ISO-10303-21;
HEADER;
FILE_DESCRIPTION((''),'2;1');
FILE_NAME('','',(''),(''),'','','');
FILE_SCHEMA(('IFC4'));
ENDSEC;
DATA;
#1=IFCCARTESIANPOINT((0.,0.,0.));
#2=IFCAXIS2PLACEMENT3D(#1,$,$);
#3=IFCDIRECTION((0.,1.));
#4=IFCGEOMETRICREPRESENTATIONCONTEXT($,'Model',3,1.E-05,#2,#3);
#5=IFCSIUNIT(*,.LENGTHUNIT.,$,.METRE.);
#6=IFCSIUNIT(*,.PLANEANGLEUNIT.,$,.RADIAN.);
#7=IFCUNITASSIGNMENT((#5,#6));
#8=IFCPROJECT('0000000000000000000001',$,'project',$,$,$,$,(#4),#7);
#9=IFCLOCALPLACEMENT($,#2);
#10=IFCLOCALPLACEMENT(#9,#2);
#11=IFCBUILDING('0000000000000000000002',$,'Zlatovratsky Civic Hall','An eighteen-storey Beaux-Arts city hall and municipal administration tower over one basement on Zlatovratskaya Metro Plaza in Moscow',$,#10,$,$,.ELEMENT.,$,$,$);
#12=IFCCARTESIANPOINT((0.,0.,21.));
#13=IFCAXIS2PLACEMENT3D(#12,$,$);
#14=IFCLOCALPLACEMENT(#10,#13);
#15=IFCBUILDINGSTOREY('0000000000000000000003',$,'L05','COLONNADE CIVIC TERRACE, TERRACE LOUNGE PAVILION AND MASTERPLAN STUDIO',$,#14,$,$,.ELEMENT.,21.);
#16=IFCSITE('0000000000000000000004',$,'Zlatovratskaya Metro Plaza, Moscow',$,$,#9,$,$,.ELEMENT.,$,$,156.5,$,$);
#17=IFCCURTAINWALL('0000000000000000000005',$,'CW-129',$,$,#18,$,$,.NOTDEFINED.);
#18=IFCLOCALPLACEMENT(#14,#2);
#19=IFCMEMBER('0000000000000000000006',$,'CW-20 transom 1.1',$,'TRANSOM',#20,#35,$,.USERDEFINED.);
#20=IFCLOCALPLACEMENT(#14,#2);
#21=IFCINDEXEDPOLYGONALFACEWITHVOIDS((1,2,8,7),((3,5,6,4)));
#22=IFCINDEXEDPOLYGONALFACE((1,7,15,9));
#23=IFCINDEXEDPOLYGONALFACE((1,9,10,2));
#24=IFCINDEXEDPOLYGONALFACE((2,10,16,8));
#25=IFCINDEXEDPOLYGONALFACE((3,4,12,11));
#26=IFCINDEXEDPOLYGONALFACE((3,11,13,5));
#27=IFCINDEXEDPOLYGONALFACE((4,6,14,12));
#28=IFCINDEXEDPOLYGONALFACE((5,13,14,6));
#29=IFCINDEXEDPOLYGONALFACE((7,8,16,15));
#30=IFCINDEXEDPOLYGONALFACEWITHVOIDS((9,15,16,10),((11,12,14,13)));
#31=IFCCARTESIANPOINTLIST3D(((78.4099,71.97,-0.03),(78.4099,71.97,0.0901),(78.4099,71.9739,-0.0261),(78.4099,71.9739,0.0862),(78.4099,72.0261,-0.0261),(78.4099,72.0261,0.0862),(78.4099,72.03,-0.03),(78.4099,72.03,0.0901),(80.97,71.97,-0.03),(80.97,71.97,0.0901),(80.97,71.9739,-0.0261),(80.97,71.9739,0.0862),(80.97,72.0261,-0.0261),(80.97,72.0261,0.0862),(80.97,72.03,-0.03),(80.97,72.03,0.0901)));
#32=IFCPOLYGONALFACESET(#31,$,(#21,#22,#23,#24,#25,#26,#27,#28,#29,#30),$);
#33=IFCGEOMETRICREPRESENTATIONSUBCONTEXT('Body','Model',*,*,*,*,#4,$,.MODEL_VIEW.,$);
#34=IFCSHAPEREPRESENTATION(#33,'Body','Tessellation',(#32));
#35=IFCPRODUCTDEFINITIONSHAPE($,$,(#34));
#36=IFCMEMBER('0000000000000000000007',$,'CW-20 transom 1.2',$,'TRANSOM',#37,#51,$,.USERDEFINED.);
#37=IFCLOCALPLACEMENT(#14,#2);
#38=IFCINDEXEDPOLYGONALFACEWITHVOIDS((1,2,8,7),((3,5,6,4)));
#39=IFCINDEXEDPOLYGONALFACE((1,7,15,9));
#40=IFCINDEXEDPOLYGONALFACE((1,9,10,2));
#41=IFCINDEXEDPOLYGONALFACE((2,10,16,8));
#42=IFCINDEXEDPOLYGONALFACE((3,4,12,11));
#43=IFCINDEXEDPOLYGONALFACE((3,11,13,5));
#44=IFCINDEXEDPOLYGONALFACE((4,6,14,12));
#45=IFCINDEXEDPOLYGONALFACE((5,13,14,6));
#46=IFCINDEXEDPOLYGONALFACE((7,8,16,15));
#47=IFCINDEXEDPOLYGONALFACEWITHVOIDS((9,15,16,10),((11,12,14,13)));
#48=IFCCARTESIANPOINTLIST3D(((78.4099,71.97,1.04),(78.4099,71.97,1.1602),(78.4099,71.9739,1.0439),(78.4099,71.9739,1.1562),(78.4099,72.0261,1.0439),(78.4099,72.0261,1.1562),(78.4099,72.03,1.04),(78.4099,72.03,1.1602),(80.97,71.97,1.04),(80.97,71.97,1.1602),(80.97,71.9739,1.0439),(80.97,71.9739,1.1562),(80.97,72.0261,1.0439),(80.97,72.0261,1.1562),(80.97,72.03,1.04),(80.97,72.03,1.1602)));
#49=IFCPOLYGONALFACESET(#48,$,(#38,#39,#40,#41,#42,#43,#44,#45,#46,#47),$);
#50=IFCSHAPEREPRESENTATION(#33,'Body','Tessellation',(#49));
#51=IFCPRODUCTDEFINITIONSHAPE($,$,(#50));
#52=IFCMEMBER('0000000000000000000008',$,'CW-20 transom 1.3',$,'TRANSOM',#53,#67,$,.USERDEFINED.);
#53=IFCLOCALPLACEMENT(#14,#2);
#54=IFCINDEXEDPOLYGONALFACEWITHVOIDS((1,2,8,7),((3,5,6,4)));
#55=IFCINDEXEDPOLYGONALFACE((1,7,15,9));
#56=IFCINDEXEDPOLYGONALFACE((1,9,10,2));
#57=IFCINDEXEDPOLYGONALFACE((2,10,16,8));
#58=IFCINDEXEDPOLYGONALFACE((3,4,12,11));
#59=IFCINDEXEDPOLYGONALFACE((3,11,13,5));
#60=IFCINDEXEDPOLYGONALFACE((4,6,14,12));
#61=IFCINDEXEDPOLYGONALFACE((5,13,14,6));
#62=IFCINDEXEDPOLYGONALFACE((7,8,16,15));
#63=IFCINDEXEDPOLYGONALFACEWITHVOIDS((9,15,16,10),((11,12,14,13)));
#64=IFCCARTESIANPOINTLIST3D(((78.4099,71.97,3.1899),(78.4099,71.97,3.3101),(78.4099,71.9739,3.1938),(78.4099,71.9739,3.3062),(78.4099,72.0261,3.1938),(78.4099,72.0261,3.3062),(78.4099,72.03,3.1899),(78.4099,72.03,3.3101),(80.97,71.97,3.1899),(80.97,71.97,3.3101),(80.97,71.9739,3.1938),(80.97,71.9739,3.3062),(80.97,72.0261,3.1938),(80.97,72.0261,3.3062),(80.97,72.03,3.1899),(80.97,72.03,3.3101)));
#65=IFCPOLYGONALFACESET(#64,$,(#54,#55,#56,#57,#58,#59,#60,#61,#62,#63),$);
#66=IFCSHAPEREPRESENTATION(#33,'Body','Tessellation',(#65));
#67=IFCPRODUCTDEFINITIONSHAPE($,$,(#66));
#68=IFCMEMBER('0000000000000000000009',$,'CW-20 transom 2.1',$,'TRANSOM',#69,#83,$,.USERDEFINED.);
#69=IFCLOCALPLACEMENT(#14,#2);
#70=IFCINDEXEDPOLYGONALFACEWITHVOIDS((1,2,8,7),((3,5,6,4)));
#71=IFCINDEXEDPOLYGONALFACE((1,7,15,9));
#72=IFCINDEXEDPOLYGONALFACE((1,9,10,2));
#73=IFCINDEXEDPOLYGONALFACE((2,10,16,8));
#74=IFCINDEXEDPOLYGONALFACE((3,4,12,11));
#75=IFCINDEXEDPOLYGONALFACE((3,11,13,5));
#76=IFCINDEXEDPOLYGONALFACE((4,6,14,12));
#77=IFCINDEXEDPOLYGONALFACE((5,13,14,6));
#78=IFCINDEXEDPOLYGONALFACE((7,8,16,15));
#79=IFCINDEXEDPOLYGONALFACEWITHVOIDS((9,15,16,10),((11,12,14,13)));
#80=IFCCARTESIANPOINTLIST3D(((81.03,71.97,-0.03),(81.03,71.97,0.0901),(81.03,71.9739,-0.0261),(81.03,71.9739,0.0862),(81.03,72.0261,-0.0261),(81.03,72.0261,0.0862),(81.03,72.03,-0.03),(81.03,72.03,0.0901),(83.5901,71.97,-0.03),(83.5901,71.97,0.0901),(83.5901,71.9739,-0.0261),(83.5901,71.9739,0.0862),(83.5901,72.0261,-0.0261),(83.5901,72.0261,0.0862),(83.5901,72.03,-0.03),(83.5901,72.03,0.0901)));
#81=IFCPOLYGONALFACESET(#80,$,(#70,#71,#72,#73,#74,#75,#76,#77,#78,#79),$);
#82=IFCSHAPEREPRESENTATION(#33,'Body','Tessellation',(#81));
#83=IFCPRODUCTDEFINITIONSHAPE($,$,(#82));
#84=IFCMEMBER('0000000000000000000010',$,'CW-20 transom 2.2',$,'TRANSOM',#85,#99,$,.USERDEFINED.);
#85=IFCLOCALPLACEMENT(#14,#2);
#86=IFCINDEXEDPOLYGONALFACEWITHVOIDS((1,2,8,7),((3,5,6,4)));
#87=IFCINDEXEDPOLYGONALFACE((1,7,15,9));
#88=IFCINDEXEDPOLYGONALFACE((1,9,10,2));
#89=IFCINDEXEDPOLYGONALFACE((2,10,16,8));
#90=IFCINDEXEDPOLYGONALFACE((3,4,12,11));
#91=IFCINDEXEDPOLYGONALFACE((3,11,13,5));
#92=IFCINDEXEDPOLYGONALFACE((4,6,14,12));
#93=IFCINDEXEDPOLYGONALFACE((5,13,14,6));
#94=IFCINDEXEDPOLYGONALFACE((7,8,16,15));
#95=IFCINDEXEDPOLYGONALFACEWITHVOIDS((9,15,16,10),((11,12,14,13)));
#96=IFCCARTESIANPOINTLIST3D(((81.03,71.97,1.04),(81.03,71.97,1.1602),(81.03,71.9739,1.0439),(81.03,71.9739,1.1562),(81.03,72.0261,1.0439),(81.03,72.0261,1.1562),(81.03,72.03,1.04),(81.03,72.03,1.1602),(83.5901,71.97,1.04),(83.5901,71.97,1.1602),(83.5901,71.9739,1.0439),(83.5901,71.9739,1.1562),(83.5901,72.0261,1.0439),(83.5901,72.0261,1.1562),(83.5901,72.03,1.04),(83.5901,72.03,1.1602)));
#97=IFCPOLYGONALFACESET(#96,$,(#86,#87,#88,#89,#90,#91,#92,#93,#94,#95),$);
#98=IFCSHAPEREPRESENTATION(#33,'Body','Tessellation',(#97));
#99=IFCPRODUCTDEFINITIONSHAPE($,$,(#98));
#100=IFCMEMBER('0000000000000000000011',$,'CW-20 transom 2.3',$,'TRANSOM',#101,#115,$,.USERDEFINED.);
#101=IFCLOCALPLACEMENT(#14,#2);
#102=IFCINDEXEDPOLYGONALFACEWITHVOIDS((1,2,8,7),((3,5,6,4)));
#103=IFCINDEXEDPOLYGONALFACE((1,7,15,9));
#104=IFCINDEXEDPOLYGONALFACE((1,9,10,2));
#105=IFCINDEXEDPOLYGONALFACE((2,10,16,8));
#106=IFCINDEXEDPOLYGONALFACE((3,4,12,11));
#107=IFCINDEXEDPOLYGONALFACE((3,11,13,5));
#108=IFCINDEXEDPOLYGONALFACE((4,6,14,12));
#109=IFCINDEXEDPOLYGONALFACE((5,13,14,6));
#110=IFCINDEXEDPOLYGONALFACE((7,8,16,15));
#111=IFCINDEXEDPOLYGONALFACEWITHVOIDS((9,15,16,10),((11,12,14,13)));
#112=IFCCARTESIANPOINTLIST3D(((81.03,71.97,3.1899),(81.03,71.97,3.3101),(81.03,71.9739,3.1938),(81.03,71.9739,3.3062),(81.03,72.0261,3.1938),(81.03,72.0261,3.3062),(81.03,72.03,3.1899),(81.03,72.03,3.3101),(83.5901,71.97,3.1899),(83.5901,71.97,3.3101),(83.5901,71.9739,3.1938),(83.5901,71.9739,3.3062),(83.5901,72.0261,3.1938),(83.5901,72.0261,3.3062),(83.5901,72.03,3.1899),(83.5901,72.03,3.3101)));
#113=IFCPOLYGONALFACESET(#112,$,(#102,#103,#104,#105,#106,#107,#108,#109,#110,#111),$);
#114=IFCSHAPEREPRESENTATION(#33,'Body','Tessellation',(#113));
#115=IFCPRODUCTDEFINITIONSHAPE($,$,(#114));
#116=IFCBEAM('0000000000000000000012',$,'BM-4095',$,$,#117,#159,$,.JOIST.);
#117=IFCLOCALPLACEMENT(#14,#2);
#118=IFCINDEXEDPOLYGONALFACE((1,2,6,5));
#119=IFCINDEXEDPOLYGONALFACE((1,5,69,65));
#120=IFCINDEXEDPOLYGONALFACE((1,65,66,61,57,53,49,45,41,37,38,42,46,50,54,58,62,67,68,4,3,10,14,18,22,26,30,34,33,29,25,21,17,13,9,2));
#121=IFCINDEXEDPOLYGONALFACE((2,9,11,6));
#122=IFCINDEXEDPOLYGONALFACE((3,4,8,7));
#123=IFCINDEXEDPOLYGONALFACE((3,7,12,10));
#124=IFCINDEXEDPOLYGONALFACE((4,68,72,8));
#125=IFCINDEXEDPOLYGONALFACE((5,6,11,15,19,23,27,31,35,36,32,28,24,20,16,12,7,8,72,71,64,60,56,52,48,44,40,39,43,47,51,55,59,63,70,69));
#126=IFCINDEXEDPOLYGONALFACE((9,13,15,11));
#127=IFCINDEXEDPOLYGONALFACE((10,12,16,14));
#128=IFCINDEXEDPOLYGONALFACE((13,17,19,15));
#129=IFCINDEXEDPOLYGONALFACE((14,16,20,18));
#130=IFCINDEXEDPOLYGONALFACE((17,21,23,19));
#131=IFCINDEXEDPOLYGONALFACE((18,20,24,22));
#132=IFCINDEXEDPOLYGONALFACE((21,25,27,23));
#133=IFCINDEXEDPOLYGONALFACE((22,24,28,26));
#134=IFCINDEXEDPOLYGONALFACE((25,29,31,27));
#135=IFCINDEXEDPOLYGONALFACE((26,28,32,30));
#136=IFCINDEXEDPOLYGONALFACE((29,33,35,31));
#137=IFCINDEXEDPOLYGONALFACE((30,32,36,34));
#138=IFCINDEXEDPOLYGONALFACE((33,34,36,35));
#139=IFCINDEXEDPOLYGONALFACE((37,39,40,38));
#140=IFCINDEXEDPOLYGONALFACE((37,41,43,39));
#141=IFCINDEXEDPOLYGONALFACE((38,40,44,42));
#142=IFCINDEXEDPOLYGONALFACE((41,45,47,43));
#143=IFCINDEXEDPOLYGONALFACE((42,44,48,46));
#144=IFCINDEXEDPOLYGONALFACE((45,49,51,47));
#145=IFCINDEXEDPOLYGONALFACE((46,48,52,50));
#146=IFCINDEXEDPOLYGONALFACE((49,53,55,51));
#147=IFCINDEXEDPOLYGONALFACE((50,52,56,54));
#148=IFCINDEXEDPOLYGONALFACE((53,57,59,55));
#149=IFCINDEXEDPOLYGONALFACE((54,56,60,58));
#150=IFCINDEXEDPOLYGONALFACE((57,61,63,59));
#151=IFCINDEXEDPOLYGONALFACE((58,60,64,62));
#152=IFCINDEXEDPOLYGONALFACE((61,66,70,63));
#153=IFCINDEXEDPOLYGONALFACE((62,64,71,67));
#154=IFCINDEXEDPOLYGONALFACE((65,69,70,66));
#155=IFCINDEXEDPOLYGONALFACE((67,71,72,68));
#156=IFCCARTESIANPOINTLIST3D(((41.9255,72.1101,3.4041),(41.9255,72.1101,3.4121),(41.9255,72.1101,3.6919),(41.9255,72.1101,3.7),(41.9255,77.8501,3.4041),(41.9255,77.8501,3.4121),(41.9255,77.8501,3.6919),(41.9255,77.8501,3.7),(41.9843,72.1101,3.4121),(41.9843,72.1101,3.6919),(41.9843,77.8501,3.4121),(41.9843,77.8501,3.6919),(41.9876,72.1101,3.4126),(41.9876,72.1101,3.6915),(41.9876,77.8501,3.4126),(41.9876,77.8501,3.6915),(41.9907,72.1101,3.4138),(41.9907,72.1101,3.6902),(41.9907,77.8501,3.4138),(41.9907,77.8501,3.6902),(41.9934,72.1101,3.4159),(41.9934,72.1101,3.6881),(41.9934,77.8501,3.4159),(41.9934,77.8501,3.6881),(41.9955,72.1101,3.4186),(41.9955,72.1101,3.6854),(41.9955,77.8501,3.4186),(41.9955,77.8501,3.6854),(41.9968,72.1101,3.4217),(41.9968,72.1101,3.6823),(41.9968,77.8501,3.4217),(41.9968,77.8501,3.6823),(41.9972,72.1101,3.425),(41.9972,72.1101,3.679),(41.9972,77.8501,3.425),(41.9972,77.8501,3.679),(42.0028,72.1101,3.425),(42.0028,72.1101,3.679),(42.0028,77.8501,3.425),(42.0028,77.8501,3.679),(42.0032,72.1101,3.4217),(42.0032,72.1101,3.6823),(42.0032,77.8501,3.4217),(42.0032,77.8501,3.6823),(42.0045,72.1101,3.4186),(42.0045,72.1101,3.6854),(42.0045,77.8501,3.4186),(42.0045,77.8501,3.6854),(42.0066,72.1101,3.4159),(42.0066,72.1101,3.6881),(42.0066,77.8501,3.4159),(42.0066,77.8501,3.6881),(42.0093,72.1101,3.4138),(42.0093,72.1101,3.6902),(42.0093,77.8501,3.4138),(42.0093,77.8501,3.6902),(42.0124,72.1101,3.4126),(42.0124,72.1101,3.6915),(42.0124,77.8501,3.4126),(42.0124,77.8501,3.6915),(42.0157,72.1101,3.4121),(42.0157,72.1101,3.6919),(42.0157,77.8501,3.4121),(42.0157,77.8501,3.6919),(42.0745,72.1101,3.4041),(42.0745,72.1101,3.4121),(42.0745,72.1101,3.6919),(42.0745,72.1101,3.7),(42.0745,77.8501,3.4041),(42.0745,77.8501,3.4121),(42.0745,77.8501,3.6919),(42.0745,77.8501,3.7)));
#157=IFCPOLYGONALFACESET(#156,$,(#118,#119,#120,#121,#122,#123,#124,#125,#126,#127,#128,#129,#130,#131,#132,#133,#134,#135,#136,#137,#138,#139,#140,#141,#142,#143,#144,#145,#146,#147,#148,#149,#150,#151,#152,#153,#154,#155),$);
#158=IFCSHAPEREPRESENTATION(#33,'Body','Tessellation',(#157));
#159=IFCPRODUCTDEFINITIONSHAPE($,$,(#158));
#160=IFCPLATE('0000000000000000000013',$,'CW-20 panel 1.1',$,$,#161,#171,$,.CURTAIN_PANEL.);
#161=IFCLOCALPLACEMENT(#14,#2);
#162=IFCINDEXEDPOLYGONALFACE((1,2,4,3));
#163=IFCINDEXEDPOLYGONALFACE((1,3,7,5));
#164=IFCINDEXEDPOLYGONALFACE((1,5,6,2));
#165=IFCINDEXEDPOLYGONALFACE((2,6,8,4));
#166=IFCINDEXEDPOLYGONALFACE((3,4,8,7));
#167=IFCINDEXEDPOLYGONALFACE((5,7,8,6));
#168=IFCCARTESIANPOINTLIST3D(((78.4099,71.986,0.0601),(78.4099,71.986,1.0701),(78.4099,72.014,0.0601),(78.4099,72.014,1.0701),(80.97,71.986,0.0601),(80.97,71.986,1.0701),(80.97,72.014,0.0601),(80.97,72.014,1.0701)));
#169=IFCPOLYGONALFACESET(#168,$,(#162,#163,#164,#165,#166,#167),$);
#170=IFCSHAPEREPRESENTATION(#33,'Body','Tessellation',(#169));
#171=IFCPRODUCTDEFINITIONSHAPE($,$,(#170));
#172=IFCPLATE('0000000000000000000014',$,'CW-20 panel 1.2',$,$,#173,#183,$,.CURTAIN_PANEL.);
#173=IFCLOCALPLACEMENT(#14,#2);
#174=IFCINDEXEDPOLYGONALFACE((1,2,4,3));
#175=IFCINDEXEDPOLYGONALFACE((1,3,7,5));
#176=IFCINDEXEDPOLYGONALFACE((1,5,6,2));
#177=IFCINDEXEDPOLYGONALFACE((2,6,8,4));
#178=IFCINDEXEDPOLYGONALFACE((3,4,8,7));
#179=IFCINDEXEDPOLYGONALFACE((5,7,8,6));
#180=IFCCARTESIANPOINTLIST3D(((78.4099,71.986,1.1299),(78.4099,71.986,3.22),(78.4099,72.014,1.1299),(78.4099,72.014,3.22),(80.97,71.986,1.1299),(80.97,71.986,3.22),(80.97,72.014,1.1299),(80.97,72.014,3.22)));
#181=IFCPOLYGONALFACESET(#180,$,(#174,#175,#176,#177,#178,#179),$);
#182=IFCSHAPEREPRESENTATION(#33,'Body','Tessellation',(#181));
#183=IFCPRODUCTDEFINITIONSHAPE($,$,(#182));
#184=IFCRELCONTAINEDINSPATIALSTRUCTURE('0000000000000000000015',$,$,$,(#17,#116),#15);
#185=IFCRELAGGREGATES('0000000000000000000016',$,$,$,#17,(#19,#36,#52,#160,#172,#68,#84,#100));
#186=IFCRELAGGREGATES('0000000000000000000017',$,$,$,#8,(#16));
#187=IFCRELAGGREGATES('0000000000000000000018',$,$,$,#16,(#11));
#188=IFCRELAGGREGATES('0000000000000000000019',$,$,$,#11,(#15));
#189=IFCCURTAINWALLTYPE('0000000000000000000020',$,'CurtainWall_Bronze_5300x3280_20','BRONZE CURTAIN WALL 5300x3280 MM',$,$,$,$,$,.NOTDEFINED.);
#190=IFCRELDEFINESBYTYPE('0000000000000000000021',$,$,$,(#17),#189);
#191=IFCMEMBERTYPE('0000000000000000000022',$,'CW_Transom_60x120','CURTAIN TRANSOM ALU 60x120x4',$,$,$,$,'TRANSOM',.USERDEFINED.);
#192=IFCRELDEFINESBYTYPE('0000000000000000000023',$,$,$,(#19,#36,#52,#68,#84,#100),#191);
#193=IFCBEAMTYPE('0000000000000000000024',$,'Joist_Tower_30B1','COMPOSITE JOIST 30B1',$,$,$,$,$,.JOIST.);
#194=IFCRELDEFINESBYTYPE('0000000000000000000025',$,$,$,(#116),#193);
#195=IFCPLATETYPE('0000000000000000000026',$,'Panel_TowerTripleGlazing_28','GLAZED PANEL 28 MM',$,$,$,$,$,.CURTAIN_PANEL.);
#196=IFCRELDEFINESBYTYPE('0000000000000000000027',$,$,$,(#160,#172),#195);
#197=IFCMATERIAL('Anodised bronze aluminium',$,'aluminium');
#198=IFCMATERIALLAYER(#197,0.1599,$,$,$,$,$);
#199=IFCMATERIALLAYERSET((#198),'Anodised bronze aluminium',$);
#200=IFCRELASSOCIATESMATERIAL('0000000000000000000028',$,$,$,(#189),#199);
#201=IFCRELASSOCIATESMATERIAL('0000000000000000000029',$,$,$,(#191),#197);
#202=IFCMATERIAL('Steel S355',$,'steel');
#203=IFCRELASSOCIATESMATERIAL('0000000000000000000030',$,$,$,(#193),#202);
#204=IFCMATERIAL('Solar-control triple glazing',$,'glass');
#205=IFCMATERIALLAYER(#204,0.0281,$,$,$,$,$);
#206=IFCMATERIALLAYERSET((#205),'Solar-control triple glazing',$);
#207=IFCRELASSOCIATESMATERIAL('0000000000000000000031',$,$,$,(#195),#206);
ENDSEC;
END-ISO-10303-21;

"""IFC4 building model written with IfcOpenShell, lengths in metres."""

from ifc_helpers import new_model, si_unit, direction, frame, origin, origin_2d, place, context, subcontext, project, spatial, rectangle, hollow_rectangle, i_section, extrude, material, layer, layer_set, material_profile, profile_set, type_object, element, aggregate, save


model = new_model("IFC4")

# Units and contexts
model_context = context("Model", 3, precision=1e-05, world=origin(), true_north=direction((0.0, 1.0)))
body_context = subcontext(model_context, "Body", "Model", "MODEL_VIEW")
ifc_project = project(units=[si_unit("LENGTHUNIT", "METRE"), si_unit("PLANEANGLEUNIT", "RADIAN")], contexts=[model_context])

# Site, building, storey
site_placement = place(None, origin())
site = spatial("IfcSite", under=ifc_project, at=site_placement, Name="Zlatovratskaya Metro Plaza, Moscow", CompositionType="ELEMENT", RefElevation=156.5)
building_placement = place(site_placement, origin())
building = spatial("IfcBuilding", under=site, at=building_placement, Name="Zlatovratsky Civic Hall", Description="An eighteen-storey Beaux-Arts city hall and municipal administration tower over one basement on Zlatovratskaya Metro Plaza in Moscow", CompositionType="ELEMENT")
storey_placement = place(building_placement, frame((0.0, 0.0, 21.0)))
storey = spatial("IfcBuildingStorey", under=building, at=storey_placement, Name="L05", Description="COLONNADE CIVIC TERRACE, TERRACE LOUNGE PAVILION AND MASTERPLAN STUDIO", CompositionType="ELEMENT", Elevation=21.0)

# Shared definitions
ifc_material_1 = material(Name="Steel S355", Category="steel")

# Curtain wall, members
ifc_material_2 = material(Name="Anodised bronze aluminium", Category="aluminium")
ifc_layer_1 = layer(ifc_material_2, 0.1599)
ifc_layer_set_1 = layer_set([ifc_layer_1], Name="Anodised bronze aluminium")
curtain_wall_type = type_object("IfcCurtainWallType", Name="CurtainWall_Bronze_5300x3280_20", Description="BRONZE CURTAIN WALL 5300x3280 MM", PredefinedType="NOTDEFINED", material=ifc_layer_set_1)
curtain_wall_placement = place(storey_placement, origin())
curtain_wall = element("IfcCurtainWall", 1, at=curtain_wall_placement, inside=storey, type_object=curtain_wall_type, Name="CW-129", PredefinedType="NOTDEFINED")
ifc_material_profile_1 = material_profile(ifc_material_2, hollow_rectangle(XDim=0.0601, YDim=0.1201, WallThickness=0.0039, at=origin_2d()), Name="ALU 60x120x4")
ifc_profile_set_1 = profile_set([ifc_material_profile_1], Name="Anodised bronze aluminium")
member_type_1 = type_object("IfcMemberType", Name="CW_Transom_60x120", Description="CURTAIN TRANSOM ALU 60x120x4", ElementType="TRANSOM", PredefinedType="USERDEFINED", material=ifc_profile_set_1)
member_1_placement = place(storey_placement, frame((78.4099, 72.0, 0.03), z_axis=(1.0, 0.0, 0.0), x_axis=(0.0, 1.0, 0.0)))
member_1 = element("IfcMember", 2, at=member_1_placement, type_object=member_type_1, Name="CW-20 transom 1.1", ObjectType="TRANSOM", PredefinedType="USERDEFINED", context=body_context, shape_type="SweptSolid", body=[
    extrude(hollow_rectangle(XDim=0.0601, YDim=0.1201, WallThickness=0.0039, at=origin_2d()), origin(), (0.0, 0.0, 1.0), 2.5601),
])
member_2_placement = place(storey_placement, frame((78.4099, 72.0, 1.1001), z_axis=(1.0, 0.0, 0.0), x_axis=(0.0, 1.0, 0.0)))
member_2 = element("IfcMember", 3, at=member_2_placement, type_object=member_type_1, Name="CW-20 transom 1.2", ObjectType="TRANSOM", PredefinedType="USERDEFINED", context=body_context, shape_type="SweptSolid", body=[
    extrude(hollow_rectangle(XDim=0.0601, YDim=0.1201, WallThickness=0.0039, at=origin_2d()), origin(), (0.0, 0.0, 1.0), 2.5601),
])
member_3_placement = place(storey_placement, frame((78.4099, 72.0, 3.25), z_axis=(1.0, 0.0, 0.0), x_axis=(0.0, 1.0, 0.0)))
member_3 = element("IfcMember", 4, at=member_3_placement, type_object=member_type_1, Name="CW-20 transom 1.3", ObjectType="TRANSOM", PredefinedType="USERDEFINED", context=body_context, shape_type="SweptSolid", body=[
    extrude(hollow_rectangle(XDim=0.0601, YDim=0.1201, WallThickness=0.0039, at=origin_2d()), origin(), (0.0, 0.0, 1.0), 2.5601),
])
member_4_placement = place(storey_placement, frame((81.03, 72.0, 0.03), z_axis=(1.0, 0.0, 0.0), x_axis=(0.0, 1.0, 0.0)))
member_4 = element("IfcMember", 5, at=member_4_placement, type_object=member_type_1, Name="CW-20 transom 2.1", ObjectType="TRANSOM", PredefinedType="USERDEFINED", context=body_context, shape_type="SweptSolid", body=[
    extrude(hollow_rectangle(XDim=0.0601, YDim=0.1201, WallThickness=0.0039, at=origin_2d()), origin(), (0.0, 0.0, 1.0), 2.5601),
])
member_5_placement = place(storey_placement, frame((81.03, 72.0, 1.1001), z_axis=(1.0, 0.0, 0.0), x_axis=(0.0, 1.0, 0.0)))
member_5 = element("IfcMember", 6, at=member_5_placement, type_object=member_type_1, Name="CW-20 transom 2.2", ObjectType="TRANSOM", PredefinedType="USERDEFINED", context=body_context, shape_type="SweptSolid", body=[
    extrude(hollow_rectangle(XDim=0.0601, YDim=0.1201, WallThickness=0.0039, at=origin_2d()), origin(), (0.0, 0.0, 1.0), 2.5601),
])
member_6_placement = place(storey_placement, frame((81.03, 72.0, 3.25), z_axis=(1.0, 0.0, 0.0), x_axis=(0.0, 1.0, 0.0)))
member_6 = element("IfcMember", 7, at=member_6_placement, type_object=member_type_1, Name="CW-20 transom 2.3", ObjectType="TRANSOM", PredefinedType="USERDEFINED", context=body_context, shape_type="SweptSolid", body=[
    extrude(hollow_rectangle(XDim=0.0601, YDim=0.1201, WallThickness=0.0039, at=origin_2d()), origin(), (0.0, 0.0, 1.0), 2.5601),
])

# Beam
ifc_material_profile_2 = material_profile(ifc_material_1, i_section(OverallWidth=0.1489, OverallDepth=0.2959, WebThickness=0.0056, FlangeThickness=0.0081, FilletRadius=0.0129, at=origin_2d()), Name="30B1")
ifc_profile_set_2 = profile_set([ifc_material_profile_2], Name="Steel S355")
beam_type_1 = type_object("IfcBeamType", Name="Joist_Tower_30B1", Description="COMPOSITE JOIST 30B1", PredefinedType="JOIST", material=ifc_profile_set_2)
beam_1_placement = place(storey_placement, frame((42.0, 72.1101, 3.552), z_axis=(0.0, 1.0, 0.0), x_axis=(-1.0, 0.0, 0.0)))
element("IfcBeam", 8, at=beam_1_placement, inside=storey, type_object=beam_type_1, Name="BM-4095", PredefinedType="JOIST", context=body_context, shape_type="SweptSolid", body=[
    extrude(i_section(OverallWidth=0.1489, OverallDepth=0.2959, WebThickness=0.0056, FlangeThickness=0.0081, FilletRadius=0.0129, at=origin_2d()), origin(), (0.0, 0.0, 1.0), 5.74),
])

# Plates
ifc_material_3 = material(Name="Solar-control triple glazing", Category="glass")
ifc_layer_2 = layer(ifc_material_3, 0.0281)
ifc_layer_set_2 = layer_set([ifc_layer_2], Name="Solar-control triple glazing")
plate_type = type_object("IfcPlateType", Name="Panel_TowerTripleGlazing_28", Description="GLAZED PANEL 28 MM", PredefinedType="CURTAIN_PANEL", material=ifc_layer_set_2)
plate_1_placement = place(storey_placement, frame((79.6899, 72.0, 0.0601), z_axis=(0.0, 0.0, 1.0), x_axis=(1.0, 0.0, 0.0)))
plate_1 = element("IfcPlate", 9, at=plate_1_placement, type_object=plate_type, Name="CW-20 panel 1.1", PredefinedType="CURTAIN_PANEL", context=body_context, shape_type="SweptSolid", body=[
    extrude(rectangle(XDim=2.5601, YDim=0.0281, at=origin_2d()), origin(), (0.0, 0.0, 1.0), 1.01),
])
plate_2_placement = place(storey_placement, frame((79.6899, 72.0, 1.1299), z_axis=(0.0, 0.0, 1.0), x_axis=(1.0, 0.0, 0.0)))
plate_2 = element("IfcPlate", 10, at=plate_2_placement, type_object=plate_type, Name="CW-20 panel 1.2", PredefinedType="CURTAIN_PANEL", context=body_context, shape_type="SweptSolid", body=[
    extrude(rectangle(XDim=2.5601, YDim=0.0281, at=origin_2d()), origin(), (0.0, 0.0, 1.0), 2.0901),
])
aggregate(curtain_wall, [member_1, member_2, member_3, plate_1, plate_2, member_4, member_5, member_6])

save(model, "model.ifc")
